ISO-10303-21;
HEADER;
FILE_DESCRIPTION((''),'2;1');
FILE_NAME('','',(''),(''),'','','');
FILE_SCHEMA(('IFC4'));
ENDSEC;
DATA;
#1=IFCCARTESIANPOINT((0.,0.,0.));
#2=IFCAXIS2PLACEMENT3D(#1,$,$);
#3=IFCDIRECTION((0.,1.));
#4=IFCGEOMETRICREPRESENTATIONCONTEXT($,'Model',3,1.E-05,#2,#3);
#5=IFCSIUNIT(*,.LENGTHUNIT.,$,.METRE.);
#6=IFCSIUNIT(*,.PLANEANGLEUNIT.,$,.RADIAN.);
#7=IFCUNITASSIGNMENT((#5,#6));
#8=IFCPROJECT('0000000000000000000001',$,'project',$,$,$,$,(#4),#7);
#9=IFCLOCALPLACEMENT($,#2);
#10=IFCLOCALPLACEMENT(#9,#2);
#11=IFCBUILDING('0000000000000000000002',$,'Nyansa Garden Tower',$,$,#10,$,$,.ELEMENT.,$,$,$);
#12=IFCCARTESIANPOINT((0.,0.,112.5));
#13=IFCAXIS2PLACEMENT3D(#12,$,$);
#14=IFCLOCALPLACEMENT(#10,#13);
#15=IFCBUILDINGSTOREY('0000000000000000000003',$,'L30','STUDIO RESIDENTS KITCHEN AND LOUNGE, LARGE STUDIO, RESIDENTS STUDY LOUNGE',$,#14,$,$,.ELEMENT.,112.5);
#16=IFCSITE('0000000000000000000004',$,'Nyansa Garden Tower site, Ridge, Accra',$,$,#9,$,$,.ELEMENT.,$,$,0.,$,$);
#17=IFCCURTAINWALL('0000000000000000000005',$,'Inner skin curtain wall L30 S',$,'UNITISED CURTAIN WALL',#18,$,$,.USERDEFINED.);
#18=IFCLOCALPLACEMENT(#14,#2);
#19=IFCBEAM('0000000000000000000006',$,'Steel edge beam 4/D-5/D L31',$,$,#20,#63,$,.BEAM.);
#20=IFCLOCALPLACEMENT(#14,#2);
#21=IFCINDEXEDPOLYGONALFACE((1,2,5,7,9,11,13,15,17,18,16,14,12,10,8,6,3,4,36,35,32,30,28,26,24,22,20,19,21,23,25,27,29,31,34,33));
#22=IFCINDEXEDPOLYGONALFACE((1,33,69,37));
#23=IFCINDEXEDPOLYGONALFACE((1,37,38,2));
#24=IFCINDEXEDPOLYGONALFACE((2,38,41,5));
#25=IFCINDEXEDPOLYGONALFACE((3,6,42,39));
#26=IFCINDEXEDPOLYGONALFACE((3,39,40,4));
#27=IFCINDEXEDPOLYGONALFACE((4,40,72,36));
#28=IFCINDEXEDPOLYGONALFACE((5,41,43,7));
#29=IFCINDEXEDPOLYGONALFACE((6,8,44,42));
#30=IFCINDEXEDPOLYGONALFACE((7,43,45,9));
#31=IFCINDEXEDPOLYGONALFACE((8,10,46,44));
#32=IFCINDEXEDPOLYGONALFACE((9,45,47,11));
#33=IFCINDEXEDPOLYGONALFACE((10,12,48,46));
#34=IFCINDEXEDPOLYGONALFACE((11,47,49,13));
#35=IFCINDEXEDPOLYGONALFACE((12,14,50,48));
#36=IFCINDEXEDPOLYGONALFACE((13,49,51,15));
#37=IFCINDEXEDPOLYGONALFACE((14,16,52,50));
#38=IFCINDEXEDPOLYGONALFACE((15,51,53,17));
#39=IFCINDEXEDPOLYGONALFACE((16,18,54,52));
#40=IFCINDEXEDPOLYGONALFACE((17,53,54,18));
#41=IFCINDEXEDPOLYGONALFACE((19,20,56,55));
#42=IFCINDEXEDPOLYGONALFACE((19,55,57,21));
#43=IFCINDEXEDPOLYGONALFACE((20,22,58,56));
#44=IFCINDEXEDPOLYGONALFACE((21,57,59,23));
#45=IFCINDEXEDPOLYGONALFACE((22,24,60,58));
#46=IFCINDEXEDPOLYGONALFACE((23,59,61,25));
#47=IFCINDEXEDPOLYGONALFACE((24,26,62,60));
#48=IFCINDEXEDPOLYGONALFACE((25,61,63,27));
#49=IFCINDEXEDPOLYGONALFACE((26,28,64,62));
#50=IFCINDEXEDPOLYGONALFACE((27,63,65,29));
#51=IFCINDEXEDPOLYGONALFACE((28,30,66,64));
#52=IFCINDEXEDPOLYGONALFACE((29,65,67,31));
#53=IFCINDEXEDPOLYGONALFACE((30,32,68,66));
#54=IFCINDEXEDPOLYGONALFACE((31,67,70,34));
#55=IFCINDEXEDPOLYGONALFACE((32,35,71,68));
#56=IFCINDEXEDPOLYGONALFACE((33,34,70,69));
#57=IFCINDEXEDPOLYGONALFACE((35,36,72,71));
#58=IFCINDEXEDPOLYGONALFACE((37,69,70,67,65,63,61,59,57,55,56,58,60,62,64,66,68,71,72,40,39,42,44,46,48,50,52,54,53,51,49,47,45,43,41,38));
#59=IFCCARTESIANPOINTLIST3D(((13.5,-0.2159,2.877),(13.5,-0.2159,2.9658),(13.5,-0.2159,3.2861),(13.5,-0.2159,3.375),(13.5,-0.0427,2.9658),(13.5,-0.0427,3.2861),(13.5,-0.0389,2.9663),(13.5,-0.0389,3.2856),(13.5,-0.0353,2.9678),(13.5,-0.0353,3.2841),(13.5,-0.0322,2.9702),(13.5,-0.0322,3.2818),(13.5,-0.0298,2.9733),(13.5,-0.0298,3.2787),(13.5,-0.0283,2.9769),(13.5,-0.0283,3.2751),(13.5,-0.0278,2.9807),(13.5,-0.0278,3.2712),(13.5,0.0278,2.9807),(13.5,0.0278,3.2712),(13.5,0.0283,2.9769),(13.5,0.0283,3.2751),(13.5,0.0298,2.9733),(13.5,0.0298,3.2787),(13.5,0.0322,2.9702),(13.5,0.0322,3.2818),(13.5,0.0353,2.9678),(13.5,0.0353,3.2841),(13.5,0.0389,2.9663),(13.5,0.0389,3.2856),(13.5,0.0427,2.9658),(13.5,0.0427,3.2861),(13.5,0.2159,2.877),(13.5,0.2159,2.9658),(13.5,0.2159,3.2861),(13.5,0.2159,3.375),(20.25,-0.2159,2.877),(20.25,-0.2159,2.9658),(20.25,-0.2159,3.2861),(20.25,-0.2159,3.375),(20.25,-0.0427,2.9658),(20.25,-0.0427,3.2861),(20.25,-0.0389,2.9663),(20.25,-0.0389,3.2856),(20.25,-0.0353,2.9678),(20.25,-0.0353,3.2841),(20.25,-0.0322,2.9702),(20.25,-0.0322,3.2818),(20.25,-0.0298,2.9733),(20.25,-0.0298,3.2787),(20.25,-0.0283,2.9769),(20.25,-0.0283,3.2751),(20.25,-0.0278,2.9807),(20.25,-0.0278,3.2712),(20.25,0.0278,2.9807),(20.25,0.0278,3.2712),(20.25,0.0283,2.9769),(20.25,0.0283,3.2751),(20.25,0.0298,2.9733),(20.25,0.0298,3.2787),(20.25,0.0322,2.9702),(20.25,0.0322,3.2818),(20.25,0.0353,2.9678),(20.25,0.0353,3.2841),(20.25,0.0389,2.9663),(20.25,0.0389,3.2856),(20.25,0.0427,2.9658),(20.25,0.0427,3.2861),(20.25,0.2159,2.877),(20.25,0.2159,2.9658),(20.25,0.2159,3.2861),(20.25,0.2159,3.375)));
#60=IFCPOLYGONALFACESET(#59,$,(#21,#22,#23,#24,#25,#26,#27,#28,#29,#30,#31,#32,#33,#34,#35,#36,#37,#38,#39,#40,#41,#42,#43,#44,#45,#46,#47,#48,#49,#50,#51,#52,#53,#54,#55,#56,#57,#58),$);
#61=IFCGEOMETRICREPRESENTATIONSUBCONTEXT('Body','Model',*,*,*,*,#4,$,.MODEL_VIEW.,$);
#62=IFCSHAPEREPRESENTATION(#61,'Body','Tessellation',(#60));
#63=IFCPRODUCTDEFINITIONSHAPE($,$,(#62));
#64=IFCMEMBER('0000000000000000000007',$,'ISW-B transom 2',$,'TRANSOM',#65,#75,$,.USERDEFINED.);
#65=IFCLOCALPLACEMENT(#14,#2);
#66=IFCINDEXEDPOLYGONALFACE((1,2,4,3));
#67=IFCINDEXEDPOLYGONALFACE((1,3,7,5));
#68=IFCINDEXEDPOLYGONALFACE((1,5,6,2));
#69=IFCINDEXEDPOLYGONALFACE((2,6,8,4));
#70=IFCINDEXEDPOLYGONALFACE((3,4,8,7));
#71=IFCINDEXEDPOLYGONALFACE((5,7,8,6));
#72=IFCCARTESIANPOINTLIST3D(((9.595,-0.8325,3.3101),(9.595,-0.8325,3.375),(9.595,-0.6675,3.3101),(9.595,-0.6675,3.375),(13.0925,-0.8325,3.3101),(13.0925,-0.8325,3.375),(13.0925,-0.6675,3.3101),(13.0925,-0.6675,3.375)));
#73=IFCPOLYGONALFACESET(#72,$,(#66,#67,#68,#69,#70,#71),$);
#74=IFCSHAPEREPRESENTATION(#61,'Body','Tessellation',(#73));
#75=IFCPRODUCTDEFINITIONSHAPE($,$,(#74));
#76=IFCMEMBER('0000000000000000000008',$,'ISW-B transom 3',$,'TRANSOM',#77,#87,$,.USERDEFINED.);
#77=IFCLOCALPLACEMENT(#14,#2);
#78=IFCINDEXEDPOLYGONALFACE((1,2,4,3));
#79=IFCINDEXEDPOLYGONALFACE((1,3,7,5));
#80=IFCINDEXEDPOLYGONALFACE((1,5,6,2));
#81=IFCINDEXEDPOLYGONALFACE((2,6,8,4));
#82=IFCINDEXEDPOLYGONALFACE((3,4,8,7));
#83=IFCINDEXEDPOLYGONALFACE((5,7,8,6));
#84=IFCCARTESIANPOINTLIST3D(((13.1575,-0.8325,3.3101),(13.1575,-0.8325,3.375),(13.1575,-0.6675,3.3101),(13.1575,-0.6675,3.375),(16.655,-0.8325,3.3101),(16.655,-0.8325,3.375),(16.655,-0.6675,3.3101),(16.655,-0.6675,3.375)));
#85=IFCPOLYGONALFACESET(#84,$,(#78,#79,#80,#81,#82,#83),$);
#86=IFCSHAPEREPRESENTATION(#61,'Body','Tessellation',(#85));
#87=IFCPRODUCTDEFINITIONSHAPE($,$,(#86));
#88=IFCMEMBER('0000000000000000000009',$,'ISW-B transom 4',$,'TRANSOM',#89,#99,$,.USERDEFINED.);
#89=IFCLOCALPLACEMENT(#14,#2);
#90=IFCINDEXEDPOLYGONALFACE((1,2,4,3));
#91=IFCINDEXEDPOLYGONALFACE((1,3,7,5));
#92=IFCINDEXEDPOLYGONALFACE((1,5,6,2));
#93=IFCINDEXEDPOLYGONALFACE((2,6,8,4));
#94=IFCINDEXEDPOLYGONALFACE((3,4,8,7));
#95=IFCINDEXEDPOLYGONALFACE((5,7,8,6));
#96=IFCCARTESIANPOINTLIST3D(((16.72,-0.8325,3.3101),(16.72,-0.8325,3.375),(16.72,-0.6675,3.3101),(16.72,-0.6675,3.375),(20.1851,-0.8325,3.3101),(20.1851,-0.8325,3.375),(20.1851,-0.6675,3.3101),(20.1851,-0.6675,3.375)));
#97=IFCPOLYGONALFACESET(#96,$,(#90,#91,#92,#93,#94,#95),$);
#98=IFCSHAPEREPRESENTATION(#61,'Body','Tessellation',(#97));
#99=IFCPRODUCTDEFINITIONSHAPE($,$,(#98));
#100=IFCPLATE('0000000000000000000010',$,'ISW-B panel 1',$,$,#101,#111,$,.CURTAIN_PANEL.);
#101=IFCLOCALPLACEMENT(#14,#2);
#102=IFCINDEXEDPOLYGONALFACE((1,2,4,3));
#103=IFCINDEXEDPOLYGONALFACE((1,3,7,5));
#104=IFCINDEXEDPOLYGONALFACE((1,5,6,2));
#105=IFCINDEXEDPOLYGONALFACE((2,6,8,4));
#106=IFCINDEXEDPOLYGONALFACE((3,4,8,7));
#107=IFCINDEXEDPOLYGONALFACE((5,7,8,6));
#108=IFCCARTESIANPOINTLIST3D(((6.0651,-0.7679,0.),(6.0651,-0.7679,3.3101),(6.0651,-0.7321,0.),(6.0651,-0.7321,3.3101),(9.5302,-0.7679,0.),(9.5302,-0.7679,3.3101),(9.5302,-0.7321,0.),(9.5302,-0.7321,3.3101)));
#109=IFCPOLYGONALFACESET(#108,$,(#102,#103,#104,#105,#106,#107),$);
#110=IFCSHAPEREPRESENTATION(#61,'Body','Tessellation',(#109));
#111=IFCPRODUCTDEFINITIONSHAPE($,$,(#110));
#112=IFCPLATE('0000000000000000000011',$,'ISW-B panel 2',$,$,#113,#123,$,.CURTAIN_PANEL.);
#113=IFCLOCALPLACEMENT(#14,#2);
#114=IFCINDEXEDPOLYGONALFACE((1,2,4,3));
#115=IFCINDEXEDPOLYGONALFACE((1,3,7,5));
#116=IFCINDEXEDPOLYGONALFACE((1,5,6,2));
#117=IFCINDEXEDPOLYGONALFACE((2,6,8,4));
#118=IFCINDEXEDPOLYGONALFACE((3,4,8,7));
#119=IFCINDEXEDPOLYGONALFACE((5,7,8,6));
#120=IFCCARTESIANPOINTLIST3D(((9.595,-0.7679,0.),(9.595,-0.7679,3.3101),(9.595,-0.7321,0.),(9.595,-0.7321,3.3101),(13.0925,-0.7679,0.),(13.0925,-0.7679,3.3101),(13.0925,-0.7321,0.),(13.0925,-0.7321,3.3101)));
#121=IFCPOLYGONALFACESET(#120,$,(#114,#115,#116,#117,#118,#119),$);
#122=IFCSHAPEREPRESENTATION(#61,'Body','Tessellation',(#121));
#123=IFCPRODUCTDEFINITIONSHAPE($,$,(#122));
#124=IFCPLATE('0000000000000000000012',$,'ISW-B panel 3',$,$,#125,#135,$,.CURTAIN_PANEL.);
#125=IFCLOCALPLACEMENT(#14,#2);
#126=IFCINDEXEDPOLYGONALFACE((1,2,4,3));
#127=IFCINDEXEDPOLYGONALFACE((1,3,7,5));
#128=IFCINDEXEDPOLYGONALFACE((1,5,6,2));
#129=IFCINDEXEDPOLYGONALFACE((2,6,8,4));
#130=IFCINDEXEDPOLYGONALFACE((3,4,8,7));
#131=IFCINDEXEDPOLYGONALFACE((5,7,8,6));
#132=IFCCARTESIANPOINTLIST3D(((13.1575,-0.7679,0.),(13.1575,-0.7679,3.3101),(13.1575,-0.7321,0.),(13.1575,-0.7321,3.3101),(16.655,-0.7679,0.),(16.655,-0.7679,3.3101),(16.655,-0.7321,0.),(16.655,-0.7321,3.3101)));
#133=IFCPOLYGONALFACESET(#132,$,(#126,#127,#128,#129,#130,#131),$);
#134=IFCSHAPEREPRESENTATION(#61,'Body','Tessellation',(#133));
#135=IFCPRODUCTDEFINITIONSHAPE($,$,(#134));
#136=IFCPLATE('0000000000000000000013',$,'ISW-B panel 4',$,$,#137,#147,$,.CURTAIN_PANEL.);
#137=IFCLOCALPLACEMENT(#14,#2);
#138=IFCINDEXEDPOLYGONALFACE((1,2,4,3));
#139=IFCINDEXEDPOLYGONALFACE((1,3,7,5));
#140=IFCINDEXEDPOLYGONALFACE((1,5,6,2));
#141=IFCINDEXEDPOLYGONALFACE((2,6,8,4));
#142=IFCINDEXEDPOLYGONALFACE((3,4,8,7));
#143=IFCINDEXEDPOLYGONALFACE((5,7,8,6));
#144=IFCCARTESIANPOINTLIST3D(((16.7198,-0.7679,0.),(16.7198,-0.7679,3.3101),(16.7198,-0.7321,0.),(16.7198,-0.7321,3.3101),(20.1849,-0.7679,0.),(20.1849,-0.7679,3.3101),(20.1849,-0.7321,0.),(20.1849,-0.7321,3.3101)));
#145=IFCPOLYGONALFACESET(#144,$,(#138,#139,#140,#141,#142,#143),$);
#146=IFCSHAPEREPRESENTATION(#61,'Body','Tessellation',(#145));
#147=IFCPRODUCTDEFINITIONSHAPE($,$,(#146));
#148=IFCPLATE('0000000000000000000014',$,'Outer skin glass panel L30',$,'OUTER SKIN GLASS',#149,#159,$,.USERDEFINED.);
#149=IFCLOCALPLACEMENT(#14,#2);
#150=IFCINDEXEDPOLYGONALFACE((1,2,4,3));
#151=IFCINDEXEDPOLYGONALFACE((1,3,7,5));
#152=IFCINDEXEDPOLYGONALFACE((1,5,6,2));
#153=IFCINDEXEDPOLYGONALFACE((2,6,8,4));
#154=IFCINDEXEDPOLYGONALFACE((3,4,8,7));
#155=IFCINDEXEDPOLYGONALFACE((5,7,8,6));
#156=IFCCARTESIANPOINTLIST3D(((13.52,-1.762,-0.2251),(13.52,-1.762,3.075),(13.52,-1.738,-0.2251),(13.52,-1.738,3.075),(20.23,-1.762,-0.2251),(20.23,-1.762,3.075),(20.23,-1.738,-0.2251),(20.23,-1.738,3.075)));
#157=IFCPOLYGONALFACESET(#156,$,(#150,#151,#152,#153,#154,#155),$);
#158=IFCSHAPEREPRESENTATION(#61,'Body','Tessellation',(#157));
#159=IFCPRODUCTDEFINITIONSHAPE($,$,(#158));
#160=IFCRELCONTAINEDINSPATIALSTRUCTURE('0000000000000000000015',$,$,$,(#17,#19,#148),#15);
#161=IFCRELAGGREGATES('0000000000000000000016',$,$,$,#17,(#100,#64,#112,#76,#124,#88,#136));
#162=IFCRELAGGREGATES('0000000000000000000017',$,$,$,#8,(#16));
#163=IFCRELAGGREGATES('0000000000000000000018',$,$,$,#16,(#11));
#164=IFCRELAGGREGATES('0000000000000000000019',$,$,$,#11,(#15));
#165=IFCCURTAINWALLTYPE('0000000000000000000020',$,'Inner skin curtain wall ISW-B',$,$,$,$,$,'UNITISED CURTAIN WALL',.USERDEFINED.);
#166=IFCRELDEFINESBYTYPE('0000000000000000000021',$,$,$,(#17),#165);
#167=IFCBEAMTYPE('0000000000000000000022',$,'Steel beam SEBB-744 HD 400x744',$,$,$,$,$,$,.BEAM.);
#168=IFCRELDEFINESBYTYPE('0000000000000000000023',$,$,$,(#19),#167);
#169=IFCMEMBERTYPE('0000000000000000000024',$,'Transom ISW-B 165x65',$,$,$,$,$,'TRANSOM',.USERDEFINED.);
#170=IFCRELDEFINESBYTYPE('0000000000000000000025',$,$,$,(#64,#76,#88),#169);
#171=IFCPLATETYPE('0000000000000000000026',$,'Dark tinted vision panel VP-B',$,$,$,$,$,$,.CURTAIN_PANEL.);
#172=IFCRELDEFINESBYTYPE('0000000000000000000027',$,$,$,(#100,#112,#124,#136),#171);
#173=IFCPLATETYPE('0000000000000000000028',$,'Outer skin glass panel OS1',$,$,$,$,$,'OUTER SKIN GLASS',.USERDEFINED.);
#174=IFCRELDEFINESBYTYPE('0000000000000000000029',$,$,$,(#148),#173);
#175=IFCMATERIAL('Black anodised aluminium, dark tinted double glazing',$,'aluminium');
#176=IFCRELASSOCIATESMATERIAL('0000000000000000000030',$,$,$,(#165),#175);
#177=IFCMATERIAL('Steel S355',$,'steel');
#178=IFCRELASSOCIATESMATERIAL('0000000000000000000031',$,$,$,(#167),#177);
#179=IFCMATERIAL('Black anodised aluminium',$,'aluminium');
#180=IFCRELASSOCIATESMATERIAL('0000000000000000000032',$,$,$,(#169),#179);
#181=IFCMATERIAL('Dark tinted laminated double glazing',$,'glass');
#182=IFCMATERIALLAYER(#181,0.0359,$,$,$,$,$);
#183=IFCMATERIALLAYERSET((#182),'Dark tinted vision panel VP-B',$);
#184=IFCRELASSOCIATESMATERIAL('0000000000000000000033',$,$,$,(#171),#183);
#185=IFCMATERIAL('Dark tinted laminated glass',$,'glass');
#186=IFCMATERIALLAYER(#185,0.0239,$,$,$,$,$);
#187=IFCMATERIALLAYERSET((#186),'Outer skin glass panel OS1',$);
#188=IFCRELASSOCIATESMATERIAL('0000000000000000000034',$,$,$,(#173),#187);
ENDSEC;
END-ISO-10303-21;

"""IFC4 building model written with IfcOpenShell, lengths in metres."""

from ifc_helpers import new_model, si_unit, direction, frame, origin, origin_2d, place, context, subcontext, project, spatial, rectangle, i_section, extrude, material, layer, layer_set, material_profile, profile_set, type_object, element, aggregate, save


model = new_model("IFC4")

# Units and contexts
model_context = context("Model", 3, precision=1e-05, world=origin(), true_north=direction((0.0, 1.0)))
body_context = subcontext(model_context, "Body", "Model", "MODEL_VIEW")
ifc_project = project(units=[si_unit("LENGTHUNIT", "METRE"), si_unit("PLANEANGLEUNIT", "RADIAN")], contexts=[model_context])

# Site, building, storey
site_placement = place(None, origin())
site = spatial("IfcSite", under=ifc_project, at=site_placement, Name="Nyansa Garden Tower site, Ridge, Accra", CompositionType="ELEMENT", RefElevation=0.0)
building_placement = place(site_placement, origin())
building = spatial("IfcBuilding", under=site, at=building_placement, Name="Nyansa Garden Tower", CompositionType="ELEMENT")
storey_placement = place(building_placement, frame((0.0, 0.0, 112.5)))
storey = spatial("IfcBuildingStorey", under=building, at=storey_placement, Name="L30", Description="STUDIO RESIDENTS KITCHEN AND LOUNGE, LARGE STUDIO, RESIDENTS STUDY LOUNGE", CompositionType="ELEMENT", Elevation=112.5)

# Curtain wall
ifc_material_1 = material(Name="Black anodised aluminium, dark tinted double glazing", Category="aluminium")
curtain_wall_type = type_object("IfcCurtainWallType", Name="Inner skin curtain wall ISW-B", ElementType="UNITISED CURTAIN WALL", PredefinedType="USERDEFINED", material=ifc_material_1)
curtain_wall_placement = place(storey_placement, origin())
curtain_wall = element("IfcCurtainWall", 1, at=curtain_wall_placement, inside=storey, type_object=curtain_wall_type, Name="Inner skin curtain wall L30 S", ObjectType="UNITISED CURTAIN WALL", PredefinedType="USERDEFINED")

# Beam
ifc_material_2 = material(Name="Steel S355", Category="steel")
ifc_material_profile_1 = material_profile(ifc_material_2, i_section(OverallWidth=0.4319, OverallDepth=0.498, WebThickness=0.0557, FlangeThickness=0.0889, FilletRadius=0.0149, at=origin_2d()), Name="HD 400x744")
ifc_profile_set_1 = profile_set([ifc_material_profile_1], Name="Steel S355")
beam_type_1 = type_object("IfcBeamType", Name="Steel beam SEBB-744 HD 400x744", PredefinedType="BEAM", material=ifc_profile_set_1)
beam_1_placement = place(storey_placement, frame((13.5, 0.0, 3.126), z_axis=(1.0, 0.0, 0.0), x_axis=(0.0, 1.0, 0.0)))
element("IfcBeam", 2, at=beam_1_placement, inside=storey, type_object=beam_type_1, Name="Steel edge beam 4/D-5/D L31", PredefinedType="BEAM", context=body_context, shape_type="SweptSolid", body=[
    extrude(i_section(OverallWidth=0.4319, OverallDepth=0.498, WebThickness=0.0557, FlangeThickness=0.0889, FilletRadius=0.0149, at=origin_2d()), origin(), (0.0, 0.0, 1.0), 6.75),
])

# Members
ifc_material_3 = material(Name="Black anodised aluminium", Category="aluminium")
ifc_material_profile_2 = material_profile(ifc_material_3, rectangle(XDim=0.165, YDim=0.0649, at=origin_2d()), Name="Transom 165x65")
ifc_profile_set_2 = profile_set([ifc_material_profile_2], Name="Black anodised aluminium")
member_type_1 = type_object("IfcMemberType", Name="Transom ISW-B 165x65", ElementType="TRANSOM", PredefinedType="USERDEFINED", material=ifc_profile_set_2)
member_1_placement = place(storey_placement, frame((9.595, -0.75, 3.3425), z_axis=(1.0, 0.0, 0.0), x_axis=(0.0, 1.0, 0.0)))
member_1 = element("IfcMember", 3, at=member_1_placement, type_object=member_type_1, Name="ISW-B transom 2", ObjectType="TRANSOM", PredefinedType="USERDEFINED", context=body_context, shape_type="SweptSolid", body=[
    extrude(rectangle(XDim=0.165, YDim=0.0649, at=origin_2d()), origin(), (0.0, 0.0, 1.0), 3.4976),
])
member_2_placement = place(storey_placement, frame((13.1575, -0.75, 3.3425), z_axis=(1.0, 0.0, 0.0), x_axis=(0.0, 1.0, 0.0)))
member_2 = element("IfcMember", 4, at=member_2_placement, type_object=member_type_1, Name="ISW-B transom 3", ObjectType="TRANSOM", PredefinedType="USERDEFINED", context=body_context, shape_type="SweptSolid", body=[
    extrude(rectangle(XDim=0.165, YDim=0.0649, at=origin_2d()), origin(), (0.0, 0.0, 1.0), 3.4976),
])
member_3_placement = place(storey_placement, frame((16.72, -0.75, 3.3425), z_axis=(1.0, 0.0, 0.0), x_axis=(0.0, 1.0, 0.0)))
member_3 = element("IfcMember", 5, at=member_3_placement, type_object=member_type_1, Name="ISW-B transom 4", ObjectType="TRANSOM", PredefinedType="USERDEFINED", context=body_context, shape_type="SweptSolid", body=[
    extrude(rectangle(XDim=0.165, YDim=0.0649, at=origin_2d()), origin(), (0.0, 0.0, 1.0), 3.4651),
])

# Plates
ifc_material_4 = material(Name="Dark tinted laminated double glazing", Category="glass")
ifc_layer_1 = layer(ifc_material_4, 0.0359)
ifc_layer_set_1 = layer_set([ifc_layer_1], Name="Dark tinted vision panel VP-B")
plate_type_1 = type_object("IfcPlateType", Name="Dark tinted vision panel VP-B", PredefinedType="CURTAIN_PANEL", material=ifc_layer_set_1)
plate_1_placement = place(storey_placement, frame((7.7976, -0.75, 0.0), z_axis=(0.0, 0.0, 1.0), x_axis=(1.0, 0.0, 0.0)))
plate_1 = element("IfcPlate", 6, at=plate_1_placement, type_object=plate_type_1, Name="ISW-B panel 1", PredefinedType="CURTAIN_PANEL", context=body_context, shape_type="SweptSolid", body=[
    extrude(rectangle(XDim=3.4651, YDim=0.0359, at=origin_2d()), origin(), (0.0, 0.0, 1.0), 3.3101),
])
plate_2_placement = place(storey_placement, frame((11.3438, -0.75, 0.0), z_axis=(0.0, 0.0, 1.0), x_axis=(1.0, 0.0, 0.0)))
plate_2 = element("IfcPlate", 7, at=plate_2_placement, type_object=plate_type_1, Name="ISW-B panel 2", PredefinedType="CURTAIN_PANEL", context=body_context, shape_type="SweptSolid", body=[
    extrude(rectangle(XDim=3.4976, YDim=0.0359, at=origin_2d()), origin(), (0.0, 0.0, 1.0), 3.3101),
])
plate_3_placement = place(storey_placement, frame((14.9062, -0.75, 0.0), z_axis=(0.0, 0.0, 1.0), x_axis=(1.0, 0.0, 0.0)))
plate_3 = element("IfcPlate", 8, at=plate_3_placement, type_object=plate_type_1, Name="ISW-B panel 3", PredefinedType="CURTAIN_PANEL", context=body_context, shape_type="SweptSolid", body=[
    extrude(rectangle(XDim=3.4976, YDim=0.0359, at=origin_2d()), origin(), (0.0, 0.0, 1.0), 3.3101),
])
plate_4_placement = place(storey_placement, frame((18.4524, -0.75, 0.0), z_axis=(0.0, 0.0, 1.0), x_axis=(1.0, 0.0, 0.0)))
plate_4 = element("IfcPlate", 9, at=plate_4_placement, type_object=plate_type_1, Name="ISW-B panel 4", PredefinedType="CURTAIN_PANEL", context=body_context, shape_type="SweptSolid", body=[
    extrude(rectangle(XDim=3.4651, YDim=0.0359, at=origin_2d()), origin(), (0.0, 0.0, 1.0), 3.3101),
])
aggregate(curtain_wall, [plate_1, member_1, plate_2, member_2, plate_3, member_3, plate_4])
ifc_material_5 = material(Name="Dark tinted laminated glass", Category="glass")
ifc_layer_2 = layer(ifc_material_5, 0.0239)
ifc_layer_set_2 = layer_set([ifc_layer_2], Name="Outer skin glass panel OS1")
plate_type_2 = type_object("IfcPlateType", Name="Outer skin glass panel OS1", ElementType="OUTER SKIN GLASS", PredefinedType="USERDEFINED", material=ifc_layer_set_2)
plate_5_placement = place(storey_placement, frame((16.875, -1.75, -0.2251), z_axis=(0.0, 0.0, 1.0), x_axis=(1.0, 0.0, 0.0)))
element("IfcPlate", 10, at=plate_5_placement, inside=storey, type_object=plate_type_2, Name="Outer skin glass panel L30", ObjectType="OUTER SKIN GLASS", PredefinedType="USERDEFINED", context=body_context, shape_type="SweptSolid", body=[
    extrude(rectangle(XDim=6.71, YDim=0.0239, at=origin_2d()), origin(), (0.0, 0.0, 1.0), 3.3),
])

save(model, "model.ifc")
